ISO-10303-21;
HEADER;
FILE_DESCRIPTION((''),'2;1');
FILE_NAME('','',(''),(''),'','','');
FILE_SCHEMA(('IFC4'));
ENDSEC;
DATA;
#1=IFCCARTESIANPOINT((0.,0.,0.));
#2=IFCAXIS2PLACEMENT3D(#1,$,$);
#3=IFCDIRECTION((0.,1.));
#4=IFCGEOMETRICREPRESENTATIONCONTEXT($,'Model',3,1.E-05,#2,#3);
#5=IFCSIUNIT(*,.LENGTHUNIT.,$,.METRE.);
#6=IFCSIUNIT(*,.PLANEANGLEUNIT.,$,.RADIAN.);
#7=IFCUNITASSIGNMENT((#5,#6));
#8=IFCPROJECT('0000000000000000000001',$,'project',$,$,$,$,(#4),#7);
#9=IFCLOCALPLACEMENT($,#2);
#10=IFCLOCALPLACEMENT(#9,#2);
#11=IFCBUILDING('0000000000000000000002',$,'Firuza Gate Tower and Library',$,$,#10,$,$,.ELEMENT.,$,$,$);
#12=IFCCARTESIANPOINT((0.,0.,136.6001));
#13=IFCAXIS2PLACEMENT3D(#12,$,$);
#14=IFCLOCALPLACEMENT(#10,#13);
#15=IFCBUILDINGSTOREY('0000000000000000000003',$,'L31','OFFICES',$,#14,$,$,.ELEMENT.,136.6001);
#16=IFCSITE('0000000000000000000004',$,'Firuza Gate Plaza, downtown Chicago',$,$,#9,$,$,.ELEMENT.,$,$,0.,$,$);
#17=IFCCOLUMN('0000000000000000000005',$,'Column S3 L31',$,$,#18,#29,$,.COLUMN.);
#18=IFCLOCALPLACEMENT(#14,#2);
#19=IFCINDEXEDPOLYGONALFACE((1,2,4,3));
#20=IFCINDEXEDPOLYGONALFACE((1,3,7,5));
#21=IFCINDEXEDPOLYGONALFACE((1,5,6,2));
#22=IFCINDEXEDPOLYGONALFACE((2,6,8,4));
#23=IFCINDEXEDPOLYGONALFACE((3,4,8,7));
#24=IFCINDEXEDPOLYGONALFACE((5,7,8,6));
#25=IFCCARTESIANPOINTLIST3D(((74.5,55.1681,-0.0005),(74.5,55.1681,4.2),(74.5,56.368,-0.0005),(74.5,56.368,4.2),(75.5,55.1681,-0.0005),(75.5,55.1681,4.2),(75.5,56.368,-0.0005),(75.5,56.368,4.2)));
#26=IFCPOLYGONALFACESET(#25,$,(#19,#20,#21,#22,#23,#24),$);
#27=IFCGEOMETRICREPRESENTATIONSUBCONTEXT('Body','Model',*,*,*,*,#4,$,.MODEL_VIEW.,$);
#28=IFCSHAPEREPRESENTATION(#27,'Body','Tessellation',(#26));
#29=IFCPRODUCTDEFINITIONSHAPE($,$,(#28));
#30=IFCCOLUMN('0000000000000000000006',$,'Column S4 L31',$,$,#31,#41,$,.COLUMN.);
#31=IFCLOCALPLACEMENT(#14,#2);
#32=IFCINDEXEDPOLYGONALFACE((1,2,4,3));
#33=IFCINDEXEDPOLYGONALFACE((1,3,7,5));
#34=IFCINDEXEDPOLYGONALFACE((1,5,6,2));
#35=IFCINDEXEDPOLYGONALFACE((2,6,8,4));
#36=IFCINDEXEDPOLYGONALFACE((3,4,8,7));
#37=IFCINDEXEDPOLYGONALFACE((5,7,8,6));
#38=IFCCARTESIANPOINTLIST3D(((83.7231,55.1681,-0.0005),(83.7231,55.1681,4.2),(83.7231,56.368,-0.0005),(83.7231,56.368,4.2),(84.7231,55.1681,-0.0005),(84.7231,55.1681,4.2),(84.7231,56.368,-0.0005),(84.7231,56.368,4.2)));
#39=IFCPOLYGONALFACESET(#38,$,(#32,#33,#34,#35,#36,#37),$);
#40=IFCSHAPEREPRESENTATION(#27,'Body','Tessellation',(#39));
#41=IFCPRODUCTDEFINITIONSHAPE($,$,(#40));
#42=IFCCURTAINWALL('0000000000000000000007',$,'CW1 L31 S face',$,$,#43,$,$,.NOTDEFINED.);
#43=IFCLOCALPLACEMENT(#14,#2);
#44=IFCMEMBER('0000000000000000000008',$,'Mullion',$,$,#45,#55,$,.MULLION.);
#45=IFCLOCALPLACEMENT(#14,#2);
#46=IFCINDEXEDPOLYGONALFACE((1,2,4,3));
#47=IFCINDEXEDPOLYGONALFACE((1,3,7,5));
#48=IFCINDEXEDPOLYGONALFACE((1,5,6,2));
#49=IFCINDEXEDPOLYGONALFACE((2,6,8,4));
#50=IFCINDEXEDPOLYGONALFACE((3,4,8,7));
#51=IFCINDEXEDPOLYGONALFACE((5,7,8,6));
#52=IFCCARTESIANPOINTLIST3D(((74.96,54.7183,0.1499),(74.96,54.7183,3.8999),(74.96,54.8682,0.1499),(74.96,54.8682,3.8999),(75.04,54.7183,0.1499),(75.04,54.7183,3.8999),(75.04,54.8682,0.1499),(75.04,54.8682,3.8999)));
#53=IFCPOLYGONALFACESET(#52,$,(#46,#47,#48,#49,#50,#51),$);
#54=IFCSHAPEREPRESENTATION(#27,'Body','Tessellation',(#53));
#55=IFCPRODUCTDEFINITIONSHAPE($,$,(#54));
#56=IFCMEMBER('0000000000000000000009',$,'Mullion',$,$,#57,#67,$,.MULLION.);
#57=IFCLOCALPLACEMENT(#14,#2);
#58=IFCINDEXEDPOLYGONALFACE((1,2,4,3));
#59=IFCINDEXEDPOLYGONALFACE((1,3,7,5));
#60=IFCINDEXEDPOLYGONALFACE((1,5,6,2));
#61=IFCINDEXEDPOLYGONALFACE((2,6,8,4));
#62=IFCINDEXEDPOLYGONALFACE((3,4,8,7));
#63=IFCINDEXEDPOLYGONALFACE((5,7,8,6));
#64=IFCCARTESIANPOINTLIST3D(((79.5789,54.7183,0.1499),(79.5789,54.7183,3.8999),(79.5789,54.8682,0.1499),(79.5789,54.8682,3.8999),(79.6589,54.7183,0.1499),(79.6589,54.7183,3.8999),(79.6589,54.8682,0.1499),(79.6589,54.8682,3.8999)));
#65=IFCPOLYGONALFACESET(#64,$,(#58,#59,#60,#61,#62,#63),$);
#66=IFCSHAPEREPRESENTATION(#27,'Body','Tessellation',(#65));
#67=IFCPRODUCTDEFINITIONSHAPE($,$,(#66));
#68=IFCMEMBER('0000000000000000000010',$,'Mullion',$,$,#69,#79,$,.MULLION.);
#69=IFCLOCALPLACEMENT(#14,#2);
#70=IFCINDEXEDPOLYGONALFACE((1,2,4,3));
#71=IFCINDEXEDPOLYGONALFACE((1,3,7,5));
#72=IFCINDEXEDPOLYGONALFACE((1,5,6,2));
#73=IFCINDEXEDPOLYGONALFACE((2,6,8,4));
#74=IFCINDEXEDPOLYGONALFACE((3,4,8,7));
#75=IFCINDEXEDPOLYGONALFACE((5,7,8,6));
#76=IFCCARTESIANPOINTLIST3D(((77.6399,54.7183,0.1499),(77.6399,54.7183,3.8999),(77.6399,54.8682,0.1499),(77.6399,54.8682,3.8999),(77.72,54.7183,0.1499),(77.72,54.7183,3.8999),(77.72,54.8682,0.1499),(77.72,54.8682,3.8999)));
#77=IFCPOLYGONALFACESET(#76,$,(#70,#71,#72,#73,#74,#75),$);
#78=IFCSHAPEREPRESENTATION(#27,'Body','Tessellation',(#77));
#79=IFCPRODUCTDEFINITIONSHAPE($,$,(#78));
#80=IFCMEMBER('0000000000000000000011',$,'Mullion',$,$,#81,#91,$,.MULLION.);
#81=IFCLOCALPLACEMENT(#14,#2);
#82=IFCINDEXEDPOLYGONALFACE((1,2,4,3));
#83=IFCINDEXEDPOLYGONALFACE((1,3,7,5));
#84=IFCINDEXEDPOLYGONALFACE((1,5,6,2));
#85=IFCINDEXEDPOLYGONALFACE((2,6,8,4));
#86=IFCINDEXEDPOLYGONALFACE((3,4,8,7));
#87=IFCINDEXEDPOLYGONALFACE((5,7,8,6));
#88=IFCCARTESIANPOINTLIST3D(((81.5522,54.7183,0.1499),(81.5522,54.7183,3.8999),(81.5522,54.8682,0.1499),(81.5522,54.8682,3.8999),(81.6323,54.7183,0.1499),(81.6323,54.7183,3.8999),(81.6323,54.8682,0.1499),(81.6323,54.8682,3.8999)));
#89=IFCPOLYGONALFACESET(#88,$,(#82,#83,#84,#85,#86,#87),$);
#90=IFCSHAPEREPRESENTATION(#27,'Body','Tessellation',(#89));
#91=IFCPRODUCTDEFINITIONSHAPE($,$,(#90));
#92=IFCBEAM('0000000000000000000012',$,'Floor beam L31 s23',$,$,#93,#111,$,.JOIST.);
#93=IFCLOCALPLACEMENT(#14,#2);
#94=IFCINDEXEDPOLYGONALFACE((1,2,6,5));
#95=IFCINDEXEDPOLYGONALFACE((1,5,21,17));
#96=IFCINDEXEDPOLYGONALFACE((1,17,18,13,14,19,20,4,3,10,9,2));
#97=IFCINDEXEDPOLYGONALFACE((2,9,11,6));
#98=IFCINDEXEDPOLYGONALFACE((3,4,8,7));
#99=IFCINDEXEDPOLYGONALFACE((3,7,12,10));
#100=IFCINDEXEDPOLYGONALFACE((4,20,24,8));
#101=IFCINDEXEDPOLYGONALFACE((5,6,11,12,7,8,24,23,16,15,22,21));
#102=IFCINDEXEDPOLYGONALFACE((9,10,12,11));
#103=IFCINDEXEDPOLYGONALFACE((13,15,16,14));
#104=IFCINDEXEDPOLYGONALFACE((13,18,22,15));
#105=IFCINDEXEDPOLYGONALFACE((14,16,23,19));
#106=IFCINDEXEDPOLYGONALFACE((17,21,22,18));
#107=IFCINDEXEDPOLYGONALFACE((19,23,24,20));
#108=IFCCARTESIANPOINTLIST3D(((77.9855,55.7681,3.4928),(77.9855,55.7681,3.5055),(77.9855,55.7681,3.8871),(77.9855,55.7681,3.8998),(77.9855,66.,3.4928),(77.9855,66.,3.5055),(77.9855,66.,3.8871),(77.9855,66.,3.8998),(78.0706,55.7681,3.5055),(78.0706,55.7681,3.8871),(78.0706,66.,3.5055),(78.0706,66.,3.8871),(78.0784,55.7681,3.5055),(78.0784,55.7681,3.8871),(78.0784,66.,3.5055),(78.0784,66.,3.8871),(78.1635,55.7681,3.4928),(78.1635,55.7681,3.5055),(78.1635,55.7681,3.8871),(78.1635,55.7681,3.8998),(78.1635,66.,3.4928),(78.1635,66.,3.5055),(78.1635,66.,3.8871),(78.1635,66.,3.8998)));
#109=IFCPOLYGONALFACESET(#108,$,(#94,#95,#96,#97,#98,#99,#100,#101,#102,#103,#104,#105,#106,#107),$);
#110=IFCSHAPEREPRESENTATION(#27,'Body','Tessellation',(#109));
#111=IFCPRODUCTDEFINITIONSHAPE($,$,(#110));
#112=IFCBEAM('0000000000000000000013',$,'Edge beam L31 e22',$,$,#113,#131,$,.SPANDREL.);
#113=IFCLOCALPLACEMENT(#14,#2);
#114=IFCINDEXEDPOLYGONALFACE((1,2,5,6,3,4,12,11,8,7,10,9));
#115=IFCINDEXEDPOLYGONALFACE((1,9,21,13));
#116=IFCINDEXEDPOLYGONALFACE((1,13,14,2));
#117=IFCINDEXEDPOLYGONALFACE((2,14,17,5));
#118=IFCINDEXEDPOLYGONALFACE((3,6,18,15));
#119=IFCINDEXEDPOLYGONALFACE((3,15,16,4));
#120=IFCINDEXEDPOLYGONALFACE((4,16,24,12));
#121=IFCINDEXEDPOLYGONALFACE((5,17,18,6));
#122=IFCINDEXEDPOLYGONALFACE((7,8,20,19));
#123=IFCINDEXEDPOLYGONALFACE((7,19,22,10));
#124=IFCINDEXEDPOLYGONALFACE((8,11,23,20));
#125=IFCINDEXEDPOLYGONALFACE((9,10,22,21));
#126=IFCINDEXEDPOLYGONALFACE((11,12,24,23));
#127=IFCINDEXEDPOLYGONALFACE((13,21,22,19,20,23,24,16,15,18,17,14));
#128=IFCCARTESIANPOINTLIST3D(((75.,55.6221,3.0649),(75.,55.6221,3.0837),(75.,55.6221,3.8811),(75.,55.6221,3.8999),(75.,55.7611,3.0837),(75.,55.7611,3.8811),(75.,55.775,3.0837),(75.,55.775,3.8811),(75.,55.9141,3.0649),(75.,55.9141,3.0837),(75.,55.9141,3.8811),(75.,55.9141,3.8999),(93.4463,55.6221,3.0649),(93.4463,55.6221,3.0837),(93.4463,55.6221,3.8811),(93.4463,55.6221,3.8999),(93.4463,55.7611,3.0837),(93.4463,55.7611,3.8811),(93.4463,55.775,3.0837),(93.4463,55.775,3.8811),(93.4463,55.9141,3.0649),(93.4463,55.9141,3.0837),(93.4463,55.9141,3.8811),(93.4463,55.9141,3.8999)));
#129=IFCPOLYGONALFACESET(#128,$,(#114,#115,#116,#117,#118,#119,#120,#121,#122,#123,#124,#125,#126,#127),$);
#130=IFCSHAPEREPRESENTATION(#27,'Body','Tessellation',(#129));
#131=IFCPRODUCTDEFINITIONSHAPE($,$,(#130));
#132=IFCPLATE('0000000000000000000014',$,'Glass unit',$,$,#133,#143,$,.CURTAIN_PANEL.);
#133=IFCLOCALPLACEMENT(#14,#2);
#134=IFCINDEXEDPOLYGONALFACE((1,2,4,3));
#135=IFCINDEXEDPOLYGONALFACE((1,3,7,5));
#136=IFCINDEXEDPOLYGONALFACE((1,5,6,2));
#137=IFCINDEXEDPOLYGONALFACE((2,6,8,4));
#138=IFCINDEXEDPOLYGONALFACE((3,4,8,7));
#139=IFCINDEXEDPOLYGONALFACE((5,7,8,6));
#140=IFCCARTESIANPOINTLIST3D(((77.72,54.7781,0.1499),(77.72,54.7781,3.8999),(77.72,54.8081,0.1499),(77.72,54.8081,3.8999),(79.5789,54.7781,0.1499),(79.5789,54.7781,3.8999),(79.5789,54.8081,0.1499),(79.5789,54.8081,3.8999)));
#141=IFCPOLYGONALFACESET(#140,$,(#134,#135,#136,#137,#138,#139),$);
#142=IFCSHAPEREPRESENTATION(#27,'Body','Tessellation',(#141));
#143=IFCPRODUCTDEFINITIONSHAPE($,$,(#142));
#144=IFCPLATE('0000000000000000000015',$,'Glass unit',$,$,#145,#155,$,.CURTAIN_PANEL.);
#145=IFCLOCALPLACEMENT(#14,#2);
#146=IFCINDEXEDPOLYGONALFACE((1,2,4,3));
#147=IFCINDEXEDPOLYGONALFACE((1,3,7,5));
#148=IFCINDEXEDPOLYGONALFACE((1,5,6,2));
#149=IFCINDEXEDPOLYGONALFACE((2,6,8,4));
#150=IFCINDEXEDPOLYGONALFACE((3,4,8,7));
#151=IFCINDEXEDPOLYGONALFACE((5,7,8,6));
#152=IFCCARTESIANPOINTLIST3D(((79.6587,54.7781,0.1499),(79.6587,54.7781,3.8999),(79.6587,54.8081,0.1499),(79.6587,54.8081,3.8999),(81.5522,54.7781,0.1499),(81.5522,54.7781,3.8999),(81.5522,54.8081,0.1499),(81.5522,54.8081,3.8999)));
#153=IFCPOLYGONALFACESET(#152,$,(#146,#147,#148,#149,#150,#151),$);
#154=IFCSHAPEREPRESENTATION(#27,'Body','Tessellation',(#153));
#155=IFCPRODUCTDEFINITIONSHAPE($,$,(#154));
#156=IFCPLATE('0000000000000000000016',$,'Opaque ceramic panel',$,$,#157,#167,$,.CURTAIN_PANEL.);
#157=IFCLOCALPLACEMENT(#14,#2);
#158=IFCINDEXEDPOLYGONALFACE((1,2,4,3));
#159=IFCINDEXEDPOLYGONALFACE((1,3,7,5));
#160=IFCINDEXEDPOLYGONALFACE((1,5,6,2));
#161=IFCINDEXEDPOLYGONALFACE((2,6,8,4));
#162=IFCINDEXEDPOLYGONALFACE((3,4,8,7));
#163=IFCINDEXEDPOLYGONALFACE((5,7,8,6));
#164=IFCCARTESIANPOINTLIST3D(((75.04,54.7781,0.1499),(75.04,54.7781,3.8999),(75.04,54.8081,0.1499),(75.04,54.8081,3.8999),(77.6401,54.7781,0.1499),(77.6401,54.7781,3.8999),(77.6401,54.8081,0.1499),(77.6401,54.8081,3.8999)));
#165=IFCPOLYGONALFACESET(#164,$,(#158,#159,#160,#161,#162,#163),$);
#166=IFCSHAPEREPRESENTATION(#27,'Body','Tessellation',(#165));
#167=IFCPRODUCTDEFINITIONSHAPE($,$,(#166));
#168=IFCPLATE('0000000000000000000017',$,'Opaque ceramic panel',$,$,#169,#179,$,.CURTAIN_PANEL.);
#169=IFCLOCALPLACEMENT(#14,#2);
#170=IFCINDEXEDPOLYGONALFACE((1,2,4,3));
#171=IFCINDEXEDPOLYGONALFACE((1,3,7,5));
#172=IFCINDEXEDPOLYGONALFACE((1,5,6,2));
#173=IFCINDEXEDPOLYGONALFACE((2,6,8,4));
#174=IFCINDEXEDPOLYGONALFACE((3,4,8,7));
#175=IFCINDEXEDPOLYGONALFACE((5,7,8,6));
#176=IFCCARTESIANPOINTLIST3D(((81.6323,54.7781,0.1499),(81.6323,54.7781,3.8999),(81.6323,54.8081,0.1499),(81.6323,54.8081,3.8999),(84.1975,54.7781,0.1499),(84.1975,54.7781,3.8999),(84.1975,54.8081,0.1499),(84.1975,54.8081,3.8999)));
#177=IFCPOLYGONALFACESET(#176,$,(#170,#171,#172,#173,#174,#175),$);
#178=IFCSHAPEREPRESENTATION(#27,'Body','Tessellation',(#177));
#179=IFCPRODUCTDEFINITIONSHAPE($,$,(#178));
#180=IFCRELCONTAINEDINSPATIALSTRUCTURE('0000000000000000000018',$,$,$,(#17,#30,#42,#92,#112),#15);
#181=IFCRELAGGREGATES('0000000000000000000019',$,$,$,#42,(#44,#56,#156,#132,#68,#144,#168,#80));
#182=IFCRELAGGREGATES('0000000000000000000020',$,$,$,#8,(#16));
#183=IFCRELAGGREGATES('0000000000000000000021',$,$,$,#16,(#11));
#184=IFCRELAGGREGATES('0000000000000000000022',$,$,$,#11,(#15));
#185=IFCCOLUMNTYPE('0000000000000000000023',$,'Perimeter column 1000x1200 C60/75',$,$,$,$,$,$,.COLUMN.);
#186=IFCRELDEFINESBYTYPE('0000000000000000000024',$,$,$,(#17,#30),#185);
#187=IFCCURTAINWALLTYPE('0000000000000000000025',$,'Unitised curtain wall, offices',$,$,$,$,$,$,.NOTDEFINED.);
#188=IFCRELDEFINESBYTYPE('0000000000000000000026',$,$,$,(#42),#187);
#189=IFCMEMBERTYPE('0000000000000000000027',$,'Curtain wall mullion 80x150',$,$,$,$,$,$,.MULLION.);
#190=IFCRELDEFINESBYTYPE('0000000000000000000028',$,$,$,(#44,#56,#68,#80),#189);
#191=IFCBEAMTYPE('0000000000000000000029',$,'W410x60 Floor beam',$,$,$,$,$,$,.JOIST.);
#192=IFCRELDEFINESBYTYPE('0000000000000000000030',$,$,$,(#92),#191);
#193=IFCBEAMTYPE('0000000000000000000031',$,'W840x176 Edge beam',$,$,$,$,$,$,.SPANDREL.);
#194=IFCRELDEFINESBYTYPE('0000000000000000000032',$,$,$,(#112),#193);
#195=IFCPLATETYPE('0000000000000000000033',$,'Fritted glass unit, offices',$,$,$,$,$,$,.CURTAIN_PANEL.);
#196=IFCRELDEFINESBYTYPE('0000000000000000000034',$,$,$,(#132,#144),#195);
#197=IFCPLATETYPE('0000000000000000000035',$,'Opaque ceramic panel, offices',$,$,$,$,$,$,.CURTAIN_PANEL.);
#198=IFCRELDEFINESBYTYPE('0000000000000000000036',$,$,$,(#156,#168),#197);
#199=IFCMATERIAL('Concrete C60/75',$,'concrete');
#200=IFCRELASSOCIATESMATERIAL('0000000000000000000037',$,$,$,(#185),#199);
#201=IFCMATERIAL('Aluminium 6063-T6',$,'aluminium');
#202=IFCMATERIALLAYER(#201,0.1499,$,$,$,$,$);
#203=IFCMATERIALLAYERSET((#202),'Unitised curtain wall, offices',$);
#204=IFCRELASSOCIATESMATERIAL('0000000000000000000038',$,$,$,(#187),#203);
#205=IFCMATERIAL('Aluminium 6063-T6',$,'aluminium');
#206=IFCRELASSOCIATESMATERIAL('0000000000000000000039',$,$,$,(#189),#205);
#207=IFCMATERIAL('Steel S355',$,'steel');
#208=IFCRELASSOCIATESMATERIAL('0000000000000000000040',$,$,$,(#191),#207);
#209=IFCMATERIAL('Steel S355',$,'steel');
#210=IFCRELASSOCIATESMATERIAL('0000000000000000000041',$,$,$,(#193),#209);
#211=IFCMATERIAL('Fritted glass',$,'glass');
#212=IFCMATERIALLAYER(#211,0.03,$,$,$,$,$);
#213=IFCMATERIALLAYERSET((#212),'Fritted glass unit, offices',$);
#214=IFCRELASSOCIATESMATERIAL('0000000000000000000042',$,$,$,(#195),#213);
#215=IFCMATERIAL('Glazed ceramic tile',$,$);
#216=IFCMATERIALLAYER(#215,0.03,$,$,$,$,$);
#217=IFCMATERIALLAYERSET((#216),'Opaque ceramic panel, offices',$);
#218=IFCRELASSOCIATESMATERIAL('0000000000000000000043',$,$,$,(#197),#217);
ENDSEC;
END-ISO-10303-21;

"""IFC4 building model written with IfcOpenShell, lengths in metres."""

from ifc_helpers import new_model, si_unit, direction, frame, origin, origin_2d, place, context, subcontext, project, spatial, polyline, rectangle, i_section, outline, extrude, material, layer, layer_set, material_profile, profile_set, type_object, element, aggregate, save


model = new_model("IFC4")

# Units and contexts
model_context = context("Model", 3, precision=1e-05, world=origin(), true_north=direction((0.0, 1.0)))
body_context = subcontext(model_context, "Body", "Model", "MODEL_VIEW")
ifc_project = project(units=[si_unit("LENGTHUNIT", "METRE"), si_unit("PLANEANGLEUNIT", "RADIAN")], contexts=[model_context])

# Site, building, storey
site_placement = place(None, origin())
site = spatial("IfcSite", under=ifc_project, at=site_placement, Name="Firuza Gate Plaza, downtown Chicago", CompositionType="ELEMENT", RefElevation=0.0)
building_placement = place(site_placement, origin())
building = spatial("IfcBuilding", under=site, at=building_placement, Name="Firuza Gate Tower and Library", CompositionType="ELEMENT")
storey_placement = place(building_placement, frame((0.0, 0.0, 136.6001)))
storey = spatial("IfcBuildingStorey", under=building, at=storey_placement, Name="L31", Description="OFFICES", CompositionType="ELEMENT", Elevation=136.6001)

# Columns
ifc_material_1 = material(Name="Concrete C60/75", Category="concrete")
ifc_material_profile_1 = material_profile(ifc_material_1, rectangle(XDim=1.0, YDim=1.2, at=origin_2d()))
ifc_profile_set_1 = profile_set([ifc_material_profile_1], Name="Concrete C60/75")
column_type = type_object("IfcColumnType", Name="Perimeter column 1000x1200 C60/75", PredefinedType="COLUMN", material=ifc_profile_set_1)
for number, where, z_axis, x_axis, name in (
    (1, (75.0, 55.7681, -0.0005), (0.0, 0.0, 1.0), (1.0, 0.0, 0.0), "Column S3 L31"),
    (2, (84.2231, 55.7681, -0.0005), (0.0, 0.0, 1.0), (1.0, 0.0, 0.0), "Column S4 L31"),
):
    element("IfcColumn", number, at=place(storey_placement, frame(where, z_axis=z_axis, x_axis=x_axis)), inside=storey, type_object=column_type, Name=name, PredefinedType="COLUMN", context=body_context, shape_type="SweptSolid", body=[
        extrude(rectangle(XDim=1.0, YDim=1.2, at=origin_2d()), origin(), (0.0, 0.0, 1.0), 4.2004),
    ])

# Curtain wall, members
ifc_material_2 = material(Name="Aluminium 6063-T6", Category="aluminium")
ifc_layer_1 = layer(ifc_material_2, 0.1499)
ifc_layer_set_1 = layer_set([ifc_layer_1], Name="Unitised curtain wall, offices")
curtain_wall_type = type_object("IfcCurtainWallType", Name="Unitised curtain wall, offices", PredefinedType="NOTDEFINED", material=ifc_layer_set_1)
curtain_wall_placement = place(storey_placement, origin())
curtain_wall = element("IfcCurtainWall", 3, at=curtain_wall_placement, inside=storey, type_object=curtain_wall_type, Name="CW1 L31 S face", PredefinedType="NOTDEFINED")
ifc_material_3 = material(Name="Aluminium 6063-T6", Category="aluminium")
ifc_material_profile_2 = material_profile(ifc_material_3, rectangle(XDim=0.1499, YDim=0.0801, at=origin_2d()))
ifc_profile_set_2 = profile_set([ifc_material_profile_2], Name="Aluminium 6063-T6")
member_type = type_object("IfcMemberType", Name="Curtain wall mullion 80x150", PredefinedType="MULLION", material=ifc_profile_set_2)
member_1_placement = place(storey_placement, frame((75.0, 54.7932, 0.1499), z_axis=(0.0, 0.0, 1.0), x_axis=(0.0, 1.0, 0.0)))
member_1 = element("IfcMember", 4, at=member_1_placement, type_object=member_type, Name="Mullion", PredefinedType="MULLION", context=body_context, shape_type="SweptSolid", body=[
    extrude(rectangle(XDim=0.1499, YDim=0.0801, at=origin_2d()), origin(), (0.0, 0.0, 1.0), 3.75),
])
member_2_placement = place(storey_placement, frame((79.6189, 54.7932, 0.1499), z_axis=(0.0, 0.0, 1.0), x_axis=(0.0, 1.0, 0.0)))
member_2 = element("IfcMember", 5, at=member_2_placement, type_object=member_type, Name="Mullion", PredefinedType="MULLION", context=body_context, shape_type="SweptSolid", body=[
    extrude(rectangle(XDim=0.1499, YDim=0.0801, at=origin_2d()), origin(), (0.0, 0.0, 1.0), 3.75),
])
member_3_placement = place(storey_placement, frame((77.6799, 54.7932, 0.1499), z_axis=(0.0, 0.0, 1.0), x_axis=(0.0, 1.0, 0.0)))
member_3 = element("IfcMember", 6, at=member_3_placement, type_object=member_type, Name="Mullion", PredefinedType="MULLION", context=body_context, shape_type="SweptSolid", body=[
    extrude(rectangle(XDim=0.1499, YDim=0.0801, at=origin_2d()), origin(), (0.0, 0.0, 1.0), 3.75),
])
member_4_placement = place(storey_placement, frame((81.5923, 54.7932, 0.1499), z_axis=(0.0, 0.0, 1.0), x_axis=(0.0, 1.0, 0.0)))
member_4 = element("IfcMember", 7, at=member_4_placement, type_object=member_type, Name="Mullion", PredefinedType="MULLION", context=body_context, shape_type="SweptSolid", body=[
    extrude(rectangle(XDim=0.1499, YDim=0.0801, at=origin_2d()), origin(), (0.0, 0.0, 1.0), 3.75),
])

# Beams
ifc_material_4 = material(Name="Steel S355", Category="steel")
ifc_material_profile_3 = material_profile(ifc_material_4, i_section(OverallWidth=0.178, OverallDepth=0.407, WebThickness=0.0078, FlangeThickness=0.0127, at=origin_2d()))
ifc_profile_set_3 = profile_set([ifc_material_profile_3], Name="Steel S355")
beam_type_1 = type_object("IfcBeamType", Name="W410x60 Floor beam", PredefinedType="JOIST", material=ifc_profile_set_3)
beam_1_placement = place(storey_placement, frame((78.0745, 55.7681, 3.6963), z_axis=(0.0, 1.0, 0.0), x_axis=(-1.0, 0.0, 0.0)))
element("IfcBeam", 8, at=beam_1_placement, inside=storey, type_object=beam_type_1, Name="Floor beam L31 s23", PredefinedType="JOIST", context=body_context, shape_type="SweptSolid", body=[
    extrude(i_section(OverallWidth=0.178, OverallDepth=0.407, WebThickness=0.0078, FlangeThickness=0.0127, at=origin_2d()), origin(), (0.0, 0.0, 1.0), 10.2319),
])
ifc_material_5 = material(Name="Steel S355", Category="steel")
ifc_material_profile_4 = material_profile(ifc_material_5, i_section(OverallWidth=0.292, OverallDepth=0.835, WebThickness=0.0139, FlangeThickness=0.0188, at=origin_2d()))
ifc_profile_set_4 = profile_set([ifc_material_profile_4], Name="Steel S355")
beam_type_2 = type_object("IfcBeamType", Name="W840x176 Edge beam", PredefinedType="SPANDREL", material=ifc_profile_set_4)
beam_2_placement = place(storey_placement, frame((75.0, 55.7681, 3.4824), z_axis=(1.0, 0.0, 0.0), x_axis=(0.0, 1.0, 0.0)))
element("IfcBeam", 9, at=beam_2_placement, inside=storey, type_object=beam_type_2, Name="Edge beam L31 e22", PredefinedType="SPANDREL", context=body_context, shape_type="SweptSolid", body=[
    extrude(i_section(OverallWidth=0.292, OverallDepth=0.835, WebThickness=0.0139, FlangeThickness=0.0188, at=origin_2d()), origin(), (0.0, 0.0, 1.0), 18.4463),
])

# Plates
ifc_material_6 = material(Name="Fritted glass", Category="glass")
ifc_layer_2 = layer(ifc_material_6, 0.03)
ifc_layer_set_2 = layer_set([ifc_layer_2], Name="Fritted glass unit, offices")
plate_type_1 = type_object("IfcPlateType", Name="Fritted glass unit, offices", PredefinedType="CURTAIN_PANEL", material=ifc_layer_set_2)
plate_1_placement = place(storey_placement, frame((77.72, 54.7781, 0.1499), z_axis=(0.0, -1.0, 0.0), x_axis=(1.0, 0.0, 0.0)))
plate_1 = element("IfcPlate", 10, at=plate_1_placement, type_object=plate_type_1, Name="Glass unit", PredefinedType="CURTAIN_PANEL", context=body_context, shape_type="SweptSolid", body=[
    extrude(outline(polyline([(0.0, 0.0), (1.8589, 0.0), (1.8589, 3.75), (0.0, 3.75), (0.0, 0.0)])), origin(), (0.0, 0.0, -1.0), 0.03),
])
plate_2_placement = place(storey_placement, frame((79.6587, 54.7781, 0.1499), z_axis=(0.0, -1.0, 0.0), x_axis=(1.0, 0.0, 0.0)))
plate_2 = element("IfcPlate", 11, at=plate_2_placement, type_object=plate_type_1, Name="Glass unit", PredefinedType="CURTAIN_PANEL", context=body_context, shape_type="SweptSolid", body=[
    extrude(outline(polyline([(0.0, 0.0), (1.8936, 0.0), (1.8936, 3.75), (0.0, 3.75), (0.0, 0.0)])), origin(), (0.0, 0.0, -1.0), 0.03),
])
ifc_material_7 = material(Name="Glazed ceramic tile")
ifc_layer_3 = layer(ifc_material_7, 0.03)
ifc_layer_set_3 = layer_set([ifc_layer_3], Name="Opaque ceramic panel, offices")
plate_type_2 = type_object("IfcPlateType", Name="Opaque ceramic panel, offices", PredefinedType="CURTAIN_PANEL", material=ifc_layer_set_3)
plate_3_placement = place(storey_placement, frame((75.04, 54.7781, 0.1499), z_axis=(0.0, -1.0, 0.0), x_axis=(1.0, 0.0, 0.0)))
plate_3 = element("IfcPlate", 12, at=plate_3_placement, type_object=plate_type_2, Name="Opaque ceramic panel", PredefinedType="CURTAIN_PANEL", context=body_context, shape_type="SweptSolid", body=[
    extrude(outline(polyline([(0.0, 0.0), (2.6001, 0.0), (2.6001, 3.75), (0.0, 3.75), (0.0, 0.0)])), origin(), (0.0, 0.0, -1.0), 0.03),
])
plate_4_placement = place(storey_placement, frame((81.6323, 54.7781, 0.1499), z_axis=(0.0, -1.0, 0.0), x_axis=(1.0, 0.0, 0.0)))
plate_4 = element("IfcPlate", 13, at=plate_4_placement, type_object=plate_type_2, Name="Opaque ceramic panel", PredefinedType="CURTAIN_PANEL", context=body_context, shape_type="SweptSolid", body=[
    extrude(outline(polyline([(0.0, 0.0), (2.5652, 0.0), (2.5652, 3.75), (0.0, 3.75), (0.0, 0.0)])), origin(), (0.0, 0.0, -1.0), 0.03),
])
aggregate(curtain_wall, [member_1, member_2, plate_3, plate_1, member_3, plate_2, plate_4, member_4])

save(model, "model.ifc")
